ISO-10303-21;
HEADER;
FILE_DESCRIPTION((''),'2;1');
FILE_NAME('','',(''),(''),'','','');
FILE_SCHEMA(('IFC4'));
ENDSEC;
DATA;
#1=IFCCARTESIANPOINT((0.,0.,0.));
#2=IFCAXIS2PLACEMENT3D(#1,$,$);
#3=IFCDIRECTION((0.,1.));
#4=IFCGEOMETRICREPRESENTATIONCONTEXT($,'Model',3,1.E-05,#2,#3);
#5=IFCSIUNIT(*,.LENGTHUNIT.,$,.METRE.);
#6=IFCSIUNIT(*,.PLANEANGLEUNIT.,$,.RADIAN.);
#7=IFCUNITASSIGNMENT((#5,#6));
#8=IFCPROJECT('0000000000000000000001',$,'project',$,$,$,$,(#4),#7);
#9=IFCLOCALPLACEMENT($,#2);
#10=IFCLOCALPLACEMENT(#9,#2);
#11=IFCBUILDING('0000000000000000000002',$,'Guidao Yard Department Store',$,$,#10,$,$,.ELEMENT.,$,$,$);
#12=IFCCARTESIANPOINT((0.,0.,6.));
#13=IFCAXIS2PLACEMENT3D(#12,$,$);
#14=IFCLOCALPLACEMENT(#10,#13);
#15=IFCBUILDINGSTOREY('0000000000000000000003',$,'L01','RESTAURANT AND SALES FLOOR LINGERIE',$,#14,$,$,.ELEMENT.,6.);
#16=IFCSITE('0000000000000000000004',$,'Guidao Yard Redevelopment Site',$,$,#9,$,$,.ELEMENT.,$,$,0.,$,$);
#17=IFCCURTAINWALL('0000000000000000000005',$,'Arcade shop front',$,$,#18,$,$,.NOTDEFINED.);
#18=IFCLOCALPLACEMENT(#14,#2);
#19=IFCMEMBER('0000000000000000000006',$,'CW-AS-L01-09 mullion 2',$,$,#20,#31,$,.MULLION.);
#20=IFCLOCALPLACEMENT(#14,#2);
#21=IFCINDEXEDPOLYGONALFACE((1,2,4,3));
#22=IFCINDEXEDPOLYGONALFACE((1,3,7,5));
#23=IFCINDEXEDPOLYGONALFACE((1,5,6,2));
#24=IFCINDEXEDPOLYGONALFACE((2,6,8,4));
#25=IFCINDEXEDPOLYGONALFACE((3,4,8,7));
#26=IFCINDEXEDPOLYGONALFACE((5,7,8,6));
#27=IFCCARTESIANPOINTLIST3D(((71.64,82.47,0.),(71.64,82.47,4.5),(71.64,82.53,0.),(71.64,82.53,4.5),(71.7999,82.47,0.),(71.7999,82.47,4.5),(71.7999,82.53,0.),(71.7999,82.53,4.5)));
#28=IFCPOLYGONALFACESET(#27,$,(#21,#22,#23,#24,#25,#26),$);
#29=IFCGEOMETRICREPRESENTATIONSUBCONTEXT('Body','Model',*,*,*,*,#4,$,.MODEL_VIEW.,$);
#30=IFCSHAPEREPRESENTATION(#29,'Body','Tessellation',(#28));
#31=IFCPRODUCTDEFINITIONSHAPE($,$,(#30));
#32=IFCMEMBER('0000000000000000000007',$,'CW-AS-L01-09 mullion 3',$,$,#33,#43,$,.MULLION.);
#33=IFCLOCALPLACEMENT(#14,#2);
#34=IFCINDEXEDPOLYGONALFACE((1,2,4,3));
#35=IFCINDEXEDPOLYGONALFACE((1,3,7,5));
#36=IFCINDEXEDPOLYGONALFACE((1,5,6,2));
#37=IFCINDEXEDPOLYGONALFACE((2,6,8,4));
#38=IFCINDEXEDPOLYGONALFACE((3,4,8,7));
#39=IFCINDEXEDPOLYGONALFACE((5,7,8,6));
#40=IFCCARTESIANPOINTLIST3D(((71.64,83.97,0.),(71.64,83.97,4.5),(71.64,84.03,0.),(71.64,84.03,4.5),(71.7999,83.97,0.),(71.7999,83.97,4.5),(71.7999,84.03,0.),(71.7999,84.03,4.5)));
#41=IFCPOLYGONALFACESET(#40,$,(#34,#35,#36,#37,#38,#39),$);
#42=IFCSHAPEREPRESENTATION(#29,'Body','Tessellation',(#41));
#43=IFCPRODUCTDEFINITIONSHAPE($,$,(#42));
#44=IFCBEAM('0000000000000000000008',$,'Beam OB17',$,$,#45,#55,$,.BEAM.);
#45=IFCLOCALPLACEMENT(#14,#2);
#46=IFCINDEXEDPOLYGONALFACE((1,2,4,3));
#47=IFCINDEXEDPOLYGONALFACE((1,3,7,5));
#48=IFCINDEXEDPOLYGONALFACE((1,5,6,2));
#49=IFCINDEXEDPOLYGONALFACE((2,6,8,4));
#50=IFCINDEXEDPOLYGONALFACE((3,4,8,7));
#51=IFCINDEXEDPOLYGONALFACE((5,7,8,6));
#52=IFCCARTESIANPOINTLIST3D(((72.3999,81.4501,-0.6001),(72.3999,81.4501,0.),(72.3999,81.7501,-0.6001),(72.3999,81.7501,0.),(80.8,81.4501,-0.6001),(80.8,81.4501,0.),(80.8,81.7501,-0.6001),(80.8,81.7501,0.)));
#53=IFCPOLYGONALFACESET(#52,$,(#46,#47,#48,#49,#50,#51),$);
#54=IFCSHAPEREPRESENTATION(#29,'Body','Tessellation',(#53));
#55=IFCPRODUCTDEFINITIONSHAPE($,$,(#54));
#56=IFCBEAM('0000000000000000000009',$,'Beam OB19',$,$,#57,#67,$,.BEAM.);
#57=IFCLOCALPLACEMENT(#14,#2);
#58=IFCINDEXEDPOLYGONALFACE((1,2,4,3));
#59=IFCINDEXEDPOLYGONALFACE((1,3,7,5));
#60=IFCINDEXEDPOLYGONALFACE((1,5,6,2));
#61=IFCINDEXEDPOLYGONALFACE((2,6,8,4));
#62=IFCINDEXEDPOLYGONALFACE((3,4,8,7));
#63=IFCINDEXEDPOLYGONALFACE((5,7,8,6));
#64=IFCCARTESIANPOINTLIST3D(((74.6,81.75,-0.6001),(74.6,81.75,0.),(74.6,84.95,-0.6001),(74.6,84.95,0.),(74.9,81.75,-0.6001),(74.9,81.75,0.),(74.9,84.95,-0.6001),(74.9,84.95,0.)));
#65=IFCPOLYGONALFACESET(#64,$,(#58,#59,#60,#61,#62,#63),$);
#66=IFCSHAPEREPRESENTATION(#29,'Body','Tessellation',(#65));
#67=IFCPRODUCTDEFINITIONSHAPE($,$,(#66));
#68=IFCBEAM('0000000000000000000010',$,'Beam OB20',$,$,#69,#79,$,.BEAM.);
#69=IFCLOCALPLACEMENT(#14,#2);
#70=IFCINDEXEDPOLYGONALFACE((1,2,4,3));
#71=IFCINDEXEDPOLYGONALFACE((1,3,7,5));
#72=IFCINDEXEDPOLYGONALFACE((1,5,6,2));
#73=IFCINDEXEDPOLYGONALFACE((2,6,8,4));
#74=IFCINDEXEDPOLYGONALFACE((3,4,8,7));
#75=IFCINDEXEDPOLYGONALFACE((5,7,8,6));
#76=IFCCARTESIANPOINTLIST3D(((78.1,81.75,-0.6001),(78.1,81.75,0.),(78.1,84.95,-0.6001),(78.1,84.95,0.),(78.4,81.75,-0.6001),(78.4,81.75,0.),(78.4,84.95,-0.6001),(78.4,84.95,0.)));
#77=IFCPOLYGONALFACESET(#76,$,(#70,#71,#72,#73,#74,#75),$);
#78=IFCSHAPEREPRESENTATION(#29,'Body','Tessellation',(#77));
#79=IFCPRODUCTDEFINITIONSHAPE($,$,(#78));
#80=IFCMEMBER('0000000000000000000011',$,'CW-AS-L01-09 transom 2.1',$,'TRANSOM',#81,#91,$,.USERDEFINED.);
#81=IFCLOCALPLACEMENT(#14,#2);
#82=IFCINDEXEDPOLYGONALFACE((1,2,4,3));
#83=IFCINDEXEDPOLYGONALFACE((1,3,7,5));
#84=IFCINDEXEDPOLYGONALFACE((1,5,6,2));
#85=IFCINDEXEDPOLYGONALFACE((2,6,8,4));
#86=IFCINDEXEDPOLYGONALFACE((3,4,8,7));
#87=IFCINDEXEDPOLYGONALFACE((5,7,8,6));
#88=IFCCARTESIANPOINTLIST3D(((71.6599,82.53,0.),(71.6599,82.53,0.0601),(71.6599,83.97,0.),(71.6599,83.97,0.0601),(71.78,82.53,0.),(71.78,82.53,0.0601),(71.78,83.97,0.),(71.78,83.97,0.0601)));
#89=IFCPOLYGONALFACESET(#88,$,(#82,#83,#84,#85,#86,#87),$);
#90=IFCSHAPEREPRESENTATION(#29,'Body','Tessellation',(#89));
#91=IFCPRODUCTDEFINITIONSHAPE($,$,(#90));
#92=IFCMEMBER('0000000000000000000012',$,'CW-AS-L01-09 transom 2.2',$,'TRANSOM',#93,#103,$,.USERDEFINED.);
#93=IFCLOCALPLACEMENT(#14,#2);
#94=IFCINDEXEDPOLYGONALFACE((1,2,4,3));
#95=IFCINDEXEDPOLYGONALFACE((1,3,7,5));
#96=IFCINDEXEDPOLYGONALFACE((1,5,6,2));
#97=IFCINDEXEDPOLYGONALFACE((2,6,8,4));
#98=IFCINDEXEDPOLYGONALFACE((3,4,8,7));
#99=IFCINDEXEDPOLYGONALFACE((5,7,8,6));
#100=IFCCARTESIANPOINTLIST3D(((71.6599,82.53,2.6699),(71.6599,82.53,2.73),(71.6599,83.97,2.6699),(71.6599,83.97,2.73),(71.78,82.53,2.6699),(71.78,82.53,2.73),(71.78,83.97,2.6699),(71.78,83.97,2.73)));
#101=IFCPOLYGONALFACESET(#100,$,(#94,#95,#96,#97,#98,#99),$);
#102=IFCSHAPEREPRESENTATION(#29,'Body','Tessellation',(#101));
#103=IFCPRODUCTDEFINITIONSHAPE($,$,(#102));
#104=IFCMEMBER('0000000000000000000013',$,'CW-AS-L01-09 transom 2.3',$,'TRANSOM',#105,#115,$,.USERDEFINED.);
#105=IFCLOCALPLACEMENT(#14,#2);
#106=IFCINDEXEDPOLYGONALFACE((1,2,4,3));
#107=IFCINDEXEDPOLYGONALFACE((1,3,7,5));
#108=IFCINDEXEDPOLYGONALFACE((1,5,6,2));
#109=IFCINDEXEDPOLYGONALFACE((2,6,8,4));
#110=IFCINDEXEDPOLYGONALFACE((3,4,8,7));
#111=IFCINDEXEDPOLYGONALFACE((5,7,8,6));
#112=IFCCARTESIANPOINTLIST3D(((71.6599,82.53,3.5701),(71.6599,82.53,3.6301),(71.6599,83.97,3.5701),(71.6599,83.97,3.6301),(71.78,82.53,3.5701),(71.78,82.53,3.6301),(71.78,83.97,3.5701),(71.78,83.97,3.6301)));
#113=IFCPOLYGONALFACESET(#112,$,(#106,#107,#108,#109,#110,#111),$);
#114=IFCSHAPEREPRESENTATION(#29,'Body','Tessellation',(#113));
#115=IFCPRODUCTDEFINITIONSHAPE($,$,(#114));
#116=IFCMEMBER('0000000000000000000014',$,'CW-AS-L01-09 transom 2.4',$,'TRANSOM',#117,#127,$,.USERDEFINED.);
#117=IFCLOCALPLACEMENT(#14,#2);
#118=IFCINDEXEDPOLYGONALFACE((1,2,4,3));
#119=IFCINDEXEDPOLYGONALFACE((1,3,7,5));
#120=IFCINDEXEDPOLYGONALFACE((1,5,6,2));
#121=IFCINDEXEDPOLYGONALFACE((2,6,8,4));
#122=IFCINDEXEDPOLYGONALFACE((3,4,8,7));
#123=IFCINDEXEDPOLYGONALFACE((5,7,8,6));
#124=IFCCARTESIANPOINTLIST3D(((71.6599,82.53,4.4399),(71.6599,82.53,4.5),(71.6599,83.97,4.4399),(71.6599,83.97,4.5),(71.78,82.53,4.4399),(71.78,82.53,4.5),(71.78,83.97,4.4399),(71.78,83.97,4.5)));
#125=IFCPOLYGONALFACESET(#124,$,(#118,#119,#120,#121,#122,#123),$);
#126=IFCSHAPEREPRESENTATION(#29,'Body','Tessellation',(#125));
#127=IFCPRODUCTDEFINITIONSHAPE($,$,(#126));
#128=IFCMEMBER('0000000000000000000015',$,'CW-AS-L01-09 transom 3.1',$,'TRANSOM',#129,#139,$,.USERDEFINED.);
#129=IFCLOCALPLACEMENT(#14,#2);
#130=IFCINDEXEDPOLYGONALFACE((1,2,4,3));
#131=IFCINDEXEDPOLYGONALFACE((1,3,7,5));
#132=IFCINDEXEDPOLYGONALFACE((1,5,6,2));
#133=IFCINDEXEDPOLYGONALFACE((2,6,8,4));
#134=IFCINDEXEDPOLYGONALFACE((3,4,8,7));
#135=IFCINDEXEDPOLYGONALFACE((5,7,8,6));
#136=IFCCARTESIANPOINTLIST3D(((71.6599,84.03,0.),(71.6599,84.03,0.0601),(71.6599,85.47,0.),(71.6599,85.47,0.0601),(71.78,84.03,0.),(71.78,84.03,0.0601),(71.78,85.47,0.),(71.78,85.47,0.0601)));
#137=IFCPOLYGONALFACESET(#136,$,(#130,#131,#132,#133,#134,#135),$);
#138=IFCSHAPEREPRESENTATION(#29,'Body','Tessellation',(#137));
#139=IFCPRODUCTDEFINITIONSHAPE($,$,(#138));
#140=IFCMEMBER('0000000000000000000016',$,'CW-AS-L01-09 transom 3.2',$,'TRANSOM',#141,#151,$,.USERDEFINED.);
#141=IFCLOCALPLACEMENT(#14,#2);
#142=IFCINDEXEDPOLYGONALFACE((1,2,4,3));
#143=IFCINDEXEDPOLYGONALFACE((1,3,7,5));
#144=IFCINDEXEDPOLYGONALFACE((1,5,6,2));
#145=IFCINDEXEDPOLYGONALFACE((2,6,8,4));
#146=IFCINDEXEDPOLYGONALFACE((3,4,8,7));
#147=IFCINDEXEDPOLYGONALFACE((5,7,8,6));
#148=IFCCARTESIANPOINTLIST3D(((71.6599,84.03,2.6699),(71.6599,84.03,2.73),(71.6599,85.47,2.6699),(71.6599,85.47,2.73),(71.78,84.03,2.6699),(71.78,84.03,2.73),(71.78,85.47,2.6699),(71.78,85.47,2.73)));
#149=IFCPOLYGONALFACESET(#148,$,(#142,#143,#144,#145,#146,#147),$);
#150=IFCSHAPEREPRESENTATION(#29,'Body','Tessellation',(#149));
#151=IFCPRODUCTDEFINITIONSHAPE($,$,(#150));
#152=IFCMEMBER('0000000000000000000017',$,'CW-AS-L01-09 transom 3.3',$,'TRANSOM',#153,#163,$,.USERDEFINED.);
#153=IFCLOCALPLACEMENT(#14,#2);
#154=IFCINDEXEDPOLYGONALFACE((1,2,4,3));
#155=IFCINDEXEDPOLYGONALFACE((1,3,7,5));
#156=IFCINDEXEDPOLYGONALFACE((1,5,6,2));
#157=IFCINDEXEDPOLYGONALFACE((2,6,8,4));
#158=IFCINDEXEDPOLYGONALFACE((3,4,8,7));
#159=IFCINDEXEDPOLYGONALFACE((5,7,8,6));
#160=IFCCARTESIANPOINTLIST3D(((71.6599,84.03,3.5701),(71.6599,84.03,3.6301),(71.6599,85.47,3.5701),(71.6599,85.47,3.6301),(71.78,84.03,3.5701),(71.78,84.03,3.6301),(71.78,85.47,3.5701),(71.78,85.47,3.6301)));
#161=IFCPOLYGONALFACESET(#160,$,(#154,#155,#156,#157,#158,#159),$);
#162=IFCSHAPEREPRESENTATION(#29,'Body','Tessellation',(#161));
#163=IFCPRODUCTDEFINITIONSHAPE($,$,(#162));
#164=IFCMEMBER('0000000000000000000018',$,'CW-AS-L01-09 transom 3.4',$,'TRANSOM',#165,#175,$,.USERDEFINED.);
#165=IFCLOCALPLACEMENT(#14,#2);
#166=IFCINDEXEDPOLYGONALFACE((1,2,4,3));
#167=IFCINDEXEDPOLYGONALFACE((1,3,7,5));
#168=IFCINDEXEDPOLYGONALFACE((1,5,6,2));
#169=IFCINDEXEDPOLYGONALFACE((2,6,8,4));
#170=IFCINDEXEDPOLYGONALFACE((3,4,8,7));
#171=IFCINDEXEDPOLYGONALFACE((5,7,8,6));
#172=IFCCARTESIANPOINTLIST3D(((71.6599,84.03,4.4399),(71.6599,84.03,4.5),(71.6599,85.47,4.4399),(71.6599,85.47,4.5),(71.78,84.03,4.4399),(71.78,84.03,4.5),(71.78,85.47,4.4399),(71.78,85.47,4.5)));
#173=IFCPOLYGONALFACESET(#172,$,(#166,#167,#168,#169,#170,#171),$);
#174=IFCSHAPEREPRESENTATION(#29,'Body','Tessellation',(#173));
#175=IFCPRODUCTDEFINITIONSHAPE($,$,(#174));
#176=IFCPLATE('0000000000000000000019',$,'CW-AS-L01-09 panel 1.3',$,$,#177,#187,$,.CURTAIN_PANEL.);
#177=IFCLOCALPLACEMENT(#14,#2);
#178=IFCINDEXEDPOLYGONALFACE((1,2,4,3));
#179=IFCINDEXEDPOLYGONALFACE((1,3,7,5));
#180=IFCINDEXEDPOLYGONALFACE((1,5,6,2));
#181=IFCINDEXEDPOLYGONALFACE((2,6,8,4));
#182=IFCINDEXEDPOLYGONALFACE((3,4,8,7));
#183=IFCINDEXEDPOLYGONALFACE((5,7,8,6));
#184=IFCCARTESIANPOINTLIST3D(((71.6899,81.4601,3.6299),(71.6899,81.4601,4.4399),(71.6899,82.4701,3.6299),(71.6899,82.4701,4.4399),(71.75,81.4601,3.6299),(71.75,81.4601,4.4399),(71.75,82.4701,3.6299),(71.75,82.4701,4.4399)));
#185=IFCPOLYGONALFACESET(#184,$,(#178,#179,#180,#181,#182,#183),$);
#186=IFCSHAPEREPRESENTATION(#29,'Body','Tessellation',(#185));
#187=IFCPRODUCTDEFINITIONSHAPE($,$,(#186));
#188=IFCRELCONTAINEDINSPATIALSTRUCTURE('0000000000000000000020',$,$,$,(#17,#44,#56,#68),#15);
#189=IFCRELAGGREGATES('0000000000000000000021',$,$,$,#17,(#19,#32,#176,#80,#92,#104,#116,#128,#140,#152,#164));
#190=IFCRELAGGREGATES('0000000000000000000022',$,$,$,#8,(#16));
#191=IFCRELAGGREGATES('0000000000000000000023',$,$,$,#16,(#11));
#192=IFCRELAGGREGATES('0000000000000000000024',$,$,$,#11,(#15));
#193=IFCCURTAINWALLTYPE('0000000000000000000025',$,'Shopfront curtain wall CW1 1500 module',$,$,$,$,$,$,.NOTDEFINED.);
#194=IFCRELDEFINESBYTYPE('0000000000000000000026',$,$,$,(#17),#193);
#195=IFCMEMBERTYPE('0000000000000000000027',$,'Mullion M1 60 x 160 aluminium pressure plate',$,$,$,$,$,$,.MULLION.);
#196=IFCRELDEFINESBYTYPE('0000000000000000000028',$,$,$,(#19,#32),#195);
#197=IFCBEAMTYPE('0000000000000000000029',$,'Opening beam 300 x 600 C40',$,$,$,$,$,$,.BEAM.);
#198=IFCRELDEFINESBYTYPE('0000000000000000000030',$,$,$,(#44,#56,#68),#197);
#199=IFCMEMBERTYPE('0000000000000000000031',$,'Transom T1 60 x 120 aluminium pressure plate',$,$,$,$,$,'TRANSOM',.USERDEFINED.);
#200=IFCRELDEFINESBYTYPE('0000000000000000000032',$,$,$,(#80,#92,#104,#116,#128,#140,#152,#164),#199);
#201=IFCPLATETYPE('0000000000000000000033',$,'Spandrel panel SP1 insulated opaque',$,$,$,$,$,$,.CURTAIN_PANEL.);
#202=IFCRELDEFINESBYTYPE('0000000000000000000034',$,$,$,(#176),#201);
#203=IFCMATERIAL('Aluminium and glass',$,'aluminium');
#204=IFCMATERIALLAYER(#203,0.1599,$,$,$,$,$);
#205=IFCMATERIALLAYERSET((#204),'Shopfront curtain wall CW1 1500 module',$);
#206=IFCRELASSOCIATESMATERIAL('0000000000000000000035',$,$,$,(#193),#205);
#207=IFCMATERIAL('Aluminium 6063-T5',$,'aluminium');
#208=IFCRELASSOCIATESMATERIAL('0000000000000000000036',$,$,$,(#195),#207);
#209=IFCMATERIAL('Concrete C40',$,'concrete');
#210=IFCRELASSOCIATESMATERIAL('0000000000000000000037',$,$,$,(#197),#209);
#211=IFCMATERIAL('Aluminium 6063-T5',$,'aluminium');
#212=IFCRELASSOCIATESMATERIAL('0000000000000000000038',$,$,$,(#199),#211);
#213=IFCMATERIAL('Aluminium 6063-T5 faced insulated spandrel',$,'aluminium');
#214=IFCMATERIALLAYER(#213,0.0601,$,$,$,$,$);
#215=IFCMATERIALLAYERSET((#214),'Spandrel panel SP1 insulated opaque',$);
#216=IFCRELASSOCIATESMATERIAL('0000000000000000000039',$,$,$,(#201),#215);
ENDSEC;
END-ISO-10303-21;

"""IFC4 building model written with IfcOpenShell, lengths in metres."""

from ifc_helpers import new_model, si_unit, direction, frame, origin, origin_2d, place, context, subcontext, project, spatial, rectangle, extrude, material, layer, layer_set, material_profile, profile_set, type_object, element, aggregate, save


model = new_model("IFC4")

# Units and contexts
model_context = context("Model", 3, precision=1e-05, world=origin(), true_north=direction((0.0, 1.0)))
body_context = subcontext(model_context, "Body", "Model", "MODEL_VIEW")
ifc_project = project(units=[si_unit("LENGTHUNIT", "METRE"), si_unit("PLANEANGLEUNIT", "RADIAN")], contexts=[model_context])

# Site, building, storey
site_placement = place(None, origin())
site = spatial("IfcSite", under=ifc_project, at=site_placement, Name="Guidao Yard Redevelopment Site", CompositionType="ELEMENT", RefElevation=0.0)
building_placement = place(site_placement, origin())
building = spatial("IfcBuilding", under=site, at=building_placement, Name="Guidao Yard Department Store", CompositionType="ELEMENT")
storey_placement = place(building_placement, frame((0.0, 0.0, 6.0)))
storey = spatial("IfcBuildingStorey", under=building, at=storey_placement, Name="L01", Description="RESTAURANT AND SALES FLOOR LINGERIE", CompositionType="ELEMENT", Elevation=6.0)

# Curtain wall, members
ifc_material_1 = material(Name="Aluminium and glass", Category="aluminium")
ifc_layer_1 = layer(ifc_material_1, 0.1599)
ifc_layer_set_1 = layer_set([ifc_layer_1], Name="Shopfront curtain wall CW1 1500 module")
curtain_wall_type = type_object("IfcCurtainWallType", Name="Shopfront curtain wall CW1 1500 module", PredefinedType="NOTDEFINED", material=ifc_layer_set_1)
curtain_wall_placement = place(storey_placement, origin())
curtain_wall = element("IfcCurtainWall", 1, at=curtain_wall_placement, inside=storey, type_object=curtain_wall_type, Name="Arcade shop front", PredefinedType="NOTDEFINED")
ifc_material_2 = material(Name="Aluminium 6063-T5", Category="aluminium")
ifc_material_profile_1 = material_profile(ifc_material_2, rectangle(XDim=0.0601, YDim=0.1599, at=origin_2d()), Name="Mullion M1 60 x 160 aluminium pressure plate")
ifc_profile_set_1 = profile_set([ifc_material_profile_1], Name="Aluminium 6063-T5")
member_type_1 = type_object("IfcMemberType", Name="Mullion M1 60 x 160 aluminium pressure plate", PredefinedType="MULLION", material=ifc_profile_set_1)
member_1_placement = place(storey_placement, frame((71.72, 82.5, 0.0), z_axis=(0.0, 0.0, 1.0), x_axis=(0.0, 1.0, 0.0)))
member_1 = element("IfcMember", 2, at=member_1_placement, type_object=member_type_1, Name="CW-AS-L01-09 mullion 2", PredefinedType="MULLION", context=body_context, shape_type="SweptSolid", body=[
    extrude(rectangle(XDim=0.0601, YDim=0.1599, at=origin_2d()), origin(), (0.0, 0.0, 1.0), 4.5),
])
member_2_placement = place(storey_placement, frame((71.72, 84.0, 0.0), z_axis=(0.0, 0.0, 1.0), x_axis=(0.0, 1.0, 0.0)))
member_2 = element("IfcMember", 3, at=member_2_placement, type_object=member_type_1, Name="CW-AS-L01-09 mullion 3", PredefinedType="MULLION", context=body_context, shape_type="SweptSolid", body=[
    extrude(rectangle(XDim=0.0601, YDim=0.1599, at=origin_2d()), origin(), (0.0, 0.0, 1.0), 4.5),
])

# Beams
ifc_material_3 = material(Name="Concrete C40", Category="concrete")
ifc_material_profile_2 = material_profile(ifc_material_3, rectangle(XDim=0.3, YDim=0.6001, at=origin_2d()), Name="Opening beam 300 x 600 C40")
ifc_profile_set_2 = profile_set([ifc_material_profile_2], Name="Concrete C40")
beam_type = type_object("IfcBeamType", Name="Opening beam 300 x 600 C40", PredefinedType="BEAM", material=ifc_profile_set_2)
beam_placement = place(storey_placement, frame((72.3999, 81.6001, -0.3), z_axis=(1.0, 0.0, 0.0), x_axis=(0.0, 1.0, 0.0)))
element("IfcBeam", 4, at=beam_placement, inside=storey, type_object=beam_type, Name="Beam OB17", PredefinedType="BEAM", context=body_context, shape_type="SweptSolid", body=[
    extrude(rectangle(XDim=0.3, YDim=0.6001, at=origin_2d()), origin(), (0.0, 0.0, 1.0), 8.4001),
])
for number, where, z_axis, x_axis, name in (
    (5, (74.75, 81.75, -0.3), (0.0, 1.0, 0.0), (-1.0, 0.0, 0.0), "Beam OB19"),
    (6, (78.25, 81.75, -0.3), (0.0, 1.0, 0.0), (-1.0, 0.0, 0.0), "Beam OB20"),
):
    element("IfcBeam", number, at=place(storey_placement, frame(where, z_axis=z_axis, x_axis=x_axis)), inside=storey, type_object=beam_type, Name=name, PredefinedType="BEAM", context=body_context, shape_type="SweptSolid", body=[
        extrude(rectangle(XDim=0.3, YDim=0.6001, at=origin_2d()), origin(), (0.0, 0.0, 1.0), 3.2),
    ])

# Members
ifc_material_4 = material(Name="Aluminium 6063-T5", Category="aluminium")
ifc_material_profile_3 = material_profile(ifc_material_4, rectangle(XDim=0.1201, YDim=0.0601, at=origin_2d()), Name="Transom T1 60 x 120 aluminium pressure plate")
ifc_profile_set_3 = profile_set([ifc_material_profile_3], Name="Aluminium 6063-T5")
member_type_2 = type_object("IfcMemberType", Name="Transom T1 60 x 120 aluminium pressure plate", ElementType="TRANSOM", PredefinedType="USERDEFINED", material=ifc_profile_set_3)
member_3_placement = place(storey_placement, frame((71.72, 82.53, 0.03), z_axis=(0.0, 1.0, 0.0), x_axis=(-1.0, 0.0, 0.0)))
member_3 = element("IfcMember", 7, at=member_3_placement, type_object=member_type_2, Name="CW-AS-L01-09 transom 2.1", ObjectType="TRANSOM", PredefinedType="USERDEFINED", context=body_context, shape_type="SweptSolid", body=[
    extrude(rectangle(XDim=0.1201, YDim=0.0601, at=origin_2d()), origin(), (0.0, 0.0, 1.0), 1.4399),
])
member_4_placement = place(storey_placement, frame((71.72, 82.53, 2.7), z_axis=(0.0, 1.0, 0.0), x_axis=(-1.0, 0.0, 0.0)))
member_4 = element("IfcMember", 8, at=member_4_placement, type_object=member_type_2, Name="CW-AS-L01-09 transom 2.2", ObjectType="TRANSOM", PredefinedType="USERDEFINED", context=body_context, shape_type="SweptSolid", body=[
    extrude(rectangle(XDim=0.1201, YDim=0.0601, at=origin_2d()), origin(), (0.0, 0.0, 1.0), 1.4399),
])
member_5_placement = place(storey_placement, frame((71.72, 82.53, 3.6001), z_axis=(0.0, 1.0, 0.0), x_axis=(-1.0, 0.0, 0.0)))
member_5 = element("IfcMember", 9, at=member_5_placement, type_object=member_type_2, Name="CW-AS-L01-09 transom 2.3", ObjectType="TRANSOM", PredefinedType="USERDEFINED", context=body_context, shape_type="SweptSolid", body=[
    extrude(rectangle(XDim=0.1201, YDim=0.0601, at=origin_2d()), origin(), (0.0, 0.0, 1.0), 1.4399),
])
member_6_placement = place(storey_placement, frame((71.72, 82.53, 4.47), z_axis=(0.0, 1.0, 0.0), x_axis=(-1.0, 0.0, 0.0)))
member_6 = element("IfcMember", 10, at=member_6_placement, type_object=member_type_2, Name="CW-AS-L01-09 transom 2.4", ObjectType="TRANSOM", PredefinedType="USERDEFINED", context=body_context, shape_type="SweptSolid", body=[
    extrude(rectangle(XDim=0.1201, YDim=0.0601, at=origin_2d()), origin(), (0.0, 0.0, 1.0), 1.4399),
])
member_7_placement = place(storey_placement, frame((71.72, 84.03, 0.03), z_axis=(0.0, 1.0, 0.0), x_axis=(-1.0, 0.0, 0.0)))
member_7 = element("IfcMember", 11, at=member_7_placement, type_object=member_type_2, Name="CW-AS-L01-09 transom 3.1", ObjectType="TRANSOM", PredefinedType="USERDEFINED", context=body_context, shape_type="SweptSolid", body=[
    extrude(rectangle(XDim=0.1201, YDim=0.0601, at=origin_2d()), origin(), (0.0, 0.0, 1.0), 1.4399),
])
member_8_placement = place(storey_placement, frame((71.72, 84.03, 2.7), z_axis=(0.0, 1.0, 0.0), x_axis=(-1.0, 0.0, 0.0)))
member_8 = element("IfcMember", 12, at=member_8_placement, type_object=member_type_2, Name="CW-AS-L01-09 transom 3.2", ObjectType="TRANSOM", PredefinedType="USERDEFINED", context=body_context, shape_type="SweptSolid", body=[
    extrude(rectangle(XDim=0.1201, YDim=0.0601, at=origin_2d()), origin(), (0.0, 0.0, 1.0), 1.4399),
])
member_9_placement = place(storey_placement, frame((71.72, 84.03, 3.6001), z_axis=(0.0, 1.0, 0.0), x_axis=(-1.0, 0.0, 0.0)))
member_9 = element("IfcMember", 13, at=member_9_placement, type_object=member_type_2, Name="CW-AS-L01-09 transom 3.3", ObjectType="TRANSOM", PredefinedType="USERDEFINED", context=body_context, shape_type="SweptSolid", body=[
    extrude(rectangle(XDim=0.1201, YDim=0.0601, at=origin_2d()), origin(), (0.0, 0.0, 1.0), 1.4399),
])
member_10_placement = place(storey_placement, frame((71.72, 84.03, 4.47), z_axis=(0.0, 1.0, 0.0), x_axis=(-1.0, 0.0, 0.0)))
member_10 = element("IfcMember", 14, at=member_10_placement, type_object=member_type_2, Name="CW-AS-L01-09 transom 3.4", ObjectType="TRANSOM", PredefinedType="USERDEFINED", context=body_context, shape_type="SweptSolid", body=[
    extrude(rectangle(XDim=0.1201, YDim=0.0601, at=origin_2d()), origin(), (0.0, 0.0, 1.0), 1.4399),
])

# Plate
ifc_material_5 = material(Name="Aluminium 6063-T5 faced insulated spandrel", Category="aluminium")
ifc_layer_2 = layer(ifc_material_5, 0.0601)
ifc_layer_set_2 = layer_set([ifc_layer_2], Name="Spandrel panel SP1 insulated opaque")
plate_type_1 = type_object("IfcPlateType", Name="Spandrel panel SP1 insulated opaque", PredefinedType="CURTAIN_PANEL", material=ifc_layer_set_2)
plate_1_placement = place(storey_placement, frame((71.72, 81.9651, 3.6299), z_axis=(0.0, 0.0, 1.0), x_axis=(0.0, 1.0, 0.0)))
plate_1 = element("IfcPlate", 15, at=plate_1_placement, type_object=plate_type_1, Name="CW-AS-L01-09 panel 1.3", PredefinedType="CURTAIN_PANEL", context=body_context, shape_type="SweptSolid", body=[
    extrude(rectangle(XDim=1.01, YDim=0.0601, at=origin_2d()), origin(), (0.0, 0.0, 1.0), 0.8101),
])
aggregate(curtain_wall, [member_1, member_2, plate_1, member_3, member_4, member_5, member_6, member_7, member_8, member_9, member_10])

save(model, "model.ifc")
